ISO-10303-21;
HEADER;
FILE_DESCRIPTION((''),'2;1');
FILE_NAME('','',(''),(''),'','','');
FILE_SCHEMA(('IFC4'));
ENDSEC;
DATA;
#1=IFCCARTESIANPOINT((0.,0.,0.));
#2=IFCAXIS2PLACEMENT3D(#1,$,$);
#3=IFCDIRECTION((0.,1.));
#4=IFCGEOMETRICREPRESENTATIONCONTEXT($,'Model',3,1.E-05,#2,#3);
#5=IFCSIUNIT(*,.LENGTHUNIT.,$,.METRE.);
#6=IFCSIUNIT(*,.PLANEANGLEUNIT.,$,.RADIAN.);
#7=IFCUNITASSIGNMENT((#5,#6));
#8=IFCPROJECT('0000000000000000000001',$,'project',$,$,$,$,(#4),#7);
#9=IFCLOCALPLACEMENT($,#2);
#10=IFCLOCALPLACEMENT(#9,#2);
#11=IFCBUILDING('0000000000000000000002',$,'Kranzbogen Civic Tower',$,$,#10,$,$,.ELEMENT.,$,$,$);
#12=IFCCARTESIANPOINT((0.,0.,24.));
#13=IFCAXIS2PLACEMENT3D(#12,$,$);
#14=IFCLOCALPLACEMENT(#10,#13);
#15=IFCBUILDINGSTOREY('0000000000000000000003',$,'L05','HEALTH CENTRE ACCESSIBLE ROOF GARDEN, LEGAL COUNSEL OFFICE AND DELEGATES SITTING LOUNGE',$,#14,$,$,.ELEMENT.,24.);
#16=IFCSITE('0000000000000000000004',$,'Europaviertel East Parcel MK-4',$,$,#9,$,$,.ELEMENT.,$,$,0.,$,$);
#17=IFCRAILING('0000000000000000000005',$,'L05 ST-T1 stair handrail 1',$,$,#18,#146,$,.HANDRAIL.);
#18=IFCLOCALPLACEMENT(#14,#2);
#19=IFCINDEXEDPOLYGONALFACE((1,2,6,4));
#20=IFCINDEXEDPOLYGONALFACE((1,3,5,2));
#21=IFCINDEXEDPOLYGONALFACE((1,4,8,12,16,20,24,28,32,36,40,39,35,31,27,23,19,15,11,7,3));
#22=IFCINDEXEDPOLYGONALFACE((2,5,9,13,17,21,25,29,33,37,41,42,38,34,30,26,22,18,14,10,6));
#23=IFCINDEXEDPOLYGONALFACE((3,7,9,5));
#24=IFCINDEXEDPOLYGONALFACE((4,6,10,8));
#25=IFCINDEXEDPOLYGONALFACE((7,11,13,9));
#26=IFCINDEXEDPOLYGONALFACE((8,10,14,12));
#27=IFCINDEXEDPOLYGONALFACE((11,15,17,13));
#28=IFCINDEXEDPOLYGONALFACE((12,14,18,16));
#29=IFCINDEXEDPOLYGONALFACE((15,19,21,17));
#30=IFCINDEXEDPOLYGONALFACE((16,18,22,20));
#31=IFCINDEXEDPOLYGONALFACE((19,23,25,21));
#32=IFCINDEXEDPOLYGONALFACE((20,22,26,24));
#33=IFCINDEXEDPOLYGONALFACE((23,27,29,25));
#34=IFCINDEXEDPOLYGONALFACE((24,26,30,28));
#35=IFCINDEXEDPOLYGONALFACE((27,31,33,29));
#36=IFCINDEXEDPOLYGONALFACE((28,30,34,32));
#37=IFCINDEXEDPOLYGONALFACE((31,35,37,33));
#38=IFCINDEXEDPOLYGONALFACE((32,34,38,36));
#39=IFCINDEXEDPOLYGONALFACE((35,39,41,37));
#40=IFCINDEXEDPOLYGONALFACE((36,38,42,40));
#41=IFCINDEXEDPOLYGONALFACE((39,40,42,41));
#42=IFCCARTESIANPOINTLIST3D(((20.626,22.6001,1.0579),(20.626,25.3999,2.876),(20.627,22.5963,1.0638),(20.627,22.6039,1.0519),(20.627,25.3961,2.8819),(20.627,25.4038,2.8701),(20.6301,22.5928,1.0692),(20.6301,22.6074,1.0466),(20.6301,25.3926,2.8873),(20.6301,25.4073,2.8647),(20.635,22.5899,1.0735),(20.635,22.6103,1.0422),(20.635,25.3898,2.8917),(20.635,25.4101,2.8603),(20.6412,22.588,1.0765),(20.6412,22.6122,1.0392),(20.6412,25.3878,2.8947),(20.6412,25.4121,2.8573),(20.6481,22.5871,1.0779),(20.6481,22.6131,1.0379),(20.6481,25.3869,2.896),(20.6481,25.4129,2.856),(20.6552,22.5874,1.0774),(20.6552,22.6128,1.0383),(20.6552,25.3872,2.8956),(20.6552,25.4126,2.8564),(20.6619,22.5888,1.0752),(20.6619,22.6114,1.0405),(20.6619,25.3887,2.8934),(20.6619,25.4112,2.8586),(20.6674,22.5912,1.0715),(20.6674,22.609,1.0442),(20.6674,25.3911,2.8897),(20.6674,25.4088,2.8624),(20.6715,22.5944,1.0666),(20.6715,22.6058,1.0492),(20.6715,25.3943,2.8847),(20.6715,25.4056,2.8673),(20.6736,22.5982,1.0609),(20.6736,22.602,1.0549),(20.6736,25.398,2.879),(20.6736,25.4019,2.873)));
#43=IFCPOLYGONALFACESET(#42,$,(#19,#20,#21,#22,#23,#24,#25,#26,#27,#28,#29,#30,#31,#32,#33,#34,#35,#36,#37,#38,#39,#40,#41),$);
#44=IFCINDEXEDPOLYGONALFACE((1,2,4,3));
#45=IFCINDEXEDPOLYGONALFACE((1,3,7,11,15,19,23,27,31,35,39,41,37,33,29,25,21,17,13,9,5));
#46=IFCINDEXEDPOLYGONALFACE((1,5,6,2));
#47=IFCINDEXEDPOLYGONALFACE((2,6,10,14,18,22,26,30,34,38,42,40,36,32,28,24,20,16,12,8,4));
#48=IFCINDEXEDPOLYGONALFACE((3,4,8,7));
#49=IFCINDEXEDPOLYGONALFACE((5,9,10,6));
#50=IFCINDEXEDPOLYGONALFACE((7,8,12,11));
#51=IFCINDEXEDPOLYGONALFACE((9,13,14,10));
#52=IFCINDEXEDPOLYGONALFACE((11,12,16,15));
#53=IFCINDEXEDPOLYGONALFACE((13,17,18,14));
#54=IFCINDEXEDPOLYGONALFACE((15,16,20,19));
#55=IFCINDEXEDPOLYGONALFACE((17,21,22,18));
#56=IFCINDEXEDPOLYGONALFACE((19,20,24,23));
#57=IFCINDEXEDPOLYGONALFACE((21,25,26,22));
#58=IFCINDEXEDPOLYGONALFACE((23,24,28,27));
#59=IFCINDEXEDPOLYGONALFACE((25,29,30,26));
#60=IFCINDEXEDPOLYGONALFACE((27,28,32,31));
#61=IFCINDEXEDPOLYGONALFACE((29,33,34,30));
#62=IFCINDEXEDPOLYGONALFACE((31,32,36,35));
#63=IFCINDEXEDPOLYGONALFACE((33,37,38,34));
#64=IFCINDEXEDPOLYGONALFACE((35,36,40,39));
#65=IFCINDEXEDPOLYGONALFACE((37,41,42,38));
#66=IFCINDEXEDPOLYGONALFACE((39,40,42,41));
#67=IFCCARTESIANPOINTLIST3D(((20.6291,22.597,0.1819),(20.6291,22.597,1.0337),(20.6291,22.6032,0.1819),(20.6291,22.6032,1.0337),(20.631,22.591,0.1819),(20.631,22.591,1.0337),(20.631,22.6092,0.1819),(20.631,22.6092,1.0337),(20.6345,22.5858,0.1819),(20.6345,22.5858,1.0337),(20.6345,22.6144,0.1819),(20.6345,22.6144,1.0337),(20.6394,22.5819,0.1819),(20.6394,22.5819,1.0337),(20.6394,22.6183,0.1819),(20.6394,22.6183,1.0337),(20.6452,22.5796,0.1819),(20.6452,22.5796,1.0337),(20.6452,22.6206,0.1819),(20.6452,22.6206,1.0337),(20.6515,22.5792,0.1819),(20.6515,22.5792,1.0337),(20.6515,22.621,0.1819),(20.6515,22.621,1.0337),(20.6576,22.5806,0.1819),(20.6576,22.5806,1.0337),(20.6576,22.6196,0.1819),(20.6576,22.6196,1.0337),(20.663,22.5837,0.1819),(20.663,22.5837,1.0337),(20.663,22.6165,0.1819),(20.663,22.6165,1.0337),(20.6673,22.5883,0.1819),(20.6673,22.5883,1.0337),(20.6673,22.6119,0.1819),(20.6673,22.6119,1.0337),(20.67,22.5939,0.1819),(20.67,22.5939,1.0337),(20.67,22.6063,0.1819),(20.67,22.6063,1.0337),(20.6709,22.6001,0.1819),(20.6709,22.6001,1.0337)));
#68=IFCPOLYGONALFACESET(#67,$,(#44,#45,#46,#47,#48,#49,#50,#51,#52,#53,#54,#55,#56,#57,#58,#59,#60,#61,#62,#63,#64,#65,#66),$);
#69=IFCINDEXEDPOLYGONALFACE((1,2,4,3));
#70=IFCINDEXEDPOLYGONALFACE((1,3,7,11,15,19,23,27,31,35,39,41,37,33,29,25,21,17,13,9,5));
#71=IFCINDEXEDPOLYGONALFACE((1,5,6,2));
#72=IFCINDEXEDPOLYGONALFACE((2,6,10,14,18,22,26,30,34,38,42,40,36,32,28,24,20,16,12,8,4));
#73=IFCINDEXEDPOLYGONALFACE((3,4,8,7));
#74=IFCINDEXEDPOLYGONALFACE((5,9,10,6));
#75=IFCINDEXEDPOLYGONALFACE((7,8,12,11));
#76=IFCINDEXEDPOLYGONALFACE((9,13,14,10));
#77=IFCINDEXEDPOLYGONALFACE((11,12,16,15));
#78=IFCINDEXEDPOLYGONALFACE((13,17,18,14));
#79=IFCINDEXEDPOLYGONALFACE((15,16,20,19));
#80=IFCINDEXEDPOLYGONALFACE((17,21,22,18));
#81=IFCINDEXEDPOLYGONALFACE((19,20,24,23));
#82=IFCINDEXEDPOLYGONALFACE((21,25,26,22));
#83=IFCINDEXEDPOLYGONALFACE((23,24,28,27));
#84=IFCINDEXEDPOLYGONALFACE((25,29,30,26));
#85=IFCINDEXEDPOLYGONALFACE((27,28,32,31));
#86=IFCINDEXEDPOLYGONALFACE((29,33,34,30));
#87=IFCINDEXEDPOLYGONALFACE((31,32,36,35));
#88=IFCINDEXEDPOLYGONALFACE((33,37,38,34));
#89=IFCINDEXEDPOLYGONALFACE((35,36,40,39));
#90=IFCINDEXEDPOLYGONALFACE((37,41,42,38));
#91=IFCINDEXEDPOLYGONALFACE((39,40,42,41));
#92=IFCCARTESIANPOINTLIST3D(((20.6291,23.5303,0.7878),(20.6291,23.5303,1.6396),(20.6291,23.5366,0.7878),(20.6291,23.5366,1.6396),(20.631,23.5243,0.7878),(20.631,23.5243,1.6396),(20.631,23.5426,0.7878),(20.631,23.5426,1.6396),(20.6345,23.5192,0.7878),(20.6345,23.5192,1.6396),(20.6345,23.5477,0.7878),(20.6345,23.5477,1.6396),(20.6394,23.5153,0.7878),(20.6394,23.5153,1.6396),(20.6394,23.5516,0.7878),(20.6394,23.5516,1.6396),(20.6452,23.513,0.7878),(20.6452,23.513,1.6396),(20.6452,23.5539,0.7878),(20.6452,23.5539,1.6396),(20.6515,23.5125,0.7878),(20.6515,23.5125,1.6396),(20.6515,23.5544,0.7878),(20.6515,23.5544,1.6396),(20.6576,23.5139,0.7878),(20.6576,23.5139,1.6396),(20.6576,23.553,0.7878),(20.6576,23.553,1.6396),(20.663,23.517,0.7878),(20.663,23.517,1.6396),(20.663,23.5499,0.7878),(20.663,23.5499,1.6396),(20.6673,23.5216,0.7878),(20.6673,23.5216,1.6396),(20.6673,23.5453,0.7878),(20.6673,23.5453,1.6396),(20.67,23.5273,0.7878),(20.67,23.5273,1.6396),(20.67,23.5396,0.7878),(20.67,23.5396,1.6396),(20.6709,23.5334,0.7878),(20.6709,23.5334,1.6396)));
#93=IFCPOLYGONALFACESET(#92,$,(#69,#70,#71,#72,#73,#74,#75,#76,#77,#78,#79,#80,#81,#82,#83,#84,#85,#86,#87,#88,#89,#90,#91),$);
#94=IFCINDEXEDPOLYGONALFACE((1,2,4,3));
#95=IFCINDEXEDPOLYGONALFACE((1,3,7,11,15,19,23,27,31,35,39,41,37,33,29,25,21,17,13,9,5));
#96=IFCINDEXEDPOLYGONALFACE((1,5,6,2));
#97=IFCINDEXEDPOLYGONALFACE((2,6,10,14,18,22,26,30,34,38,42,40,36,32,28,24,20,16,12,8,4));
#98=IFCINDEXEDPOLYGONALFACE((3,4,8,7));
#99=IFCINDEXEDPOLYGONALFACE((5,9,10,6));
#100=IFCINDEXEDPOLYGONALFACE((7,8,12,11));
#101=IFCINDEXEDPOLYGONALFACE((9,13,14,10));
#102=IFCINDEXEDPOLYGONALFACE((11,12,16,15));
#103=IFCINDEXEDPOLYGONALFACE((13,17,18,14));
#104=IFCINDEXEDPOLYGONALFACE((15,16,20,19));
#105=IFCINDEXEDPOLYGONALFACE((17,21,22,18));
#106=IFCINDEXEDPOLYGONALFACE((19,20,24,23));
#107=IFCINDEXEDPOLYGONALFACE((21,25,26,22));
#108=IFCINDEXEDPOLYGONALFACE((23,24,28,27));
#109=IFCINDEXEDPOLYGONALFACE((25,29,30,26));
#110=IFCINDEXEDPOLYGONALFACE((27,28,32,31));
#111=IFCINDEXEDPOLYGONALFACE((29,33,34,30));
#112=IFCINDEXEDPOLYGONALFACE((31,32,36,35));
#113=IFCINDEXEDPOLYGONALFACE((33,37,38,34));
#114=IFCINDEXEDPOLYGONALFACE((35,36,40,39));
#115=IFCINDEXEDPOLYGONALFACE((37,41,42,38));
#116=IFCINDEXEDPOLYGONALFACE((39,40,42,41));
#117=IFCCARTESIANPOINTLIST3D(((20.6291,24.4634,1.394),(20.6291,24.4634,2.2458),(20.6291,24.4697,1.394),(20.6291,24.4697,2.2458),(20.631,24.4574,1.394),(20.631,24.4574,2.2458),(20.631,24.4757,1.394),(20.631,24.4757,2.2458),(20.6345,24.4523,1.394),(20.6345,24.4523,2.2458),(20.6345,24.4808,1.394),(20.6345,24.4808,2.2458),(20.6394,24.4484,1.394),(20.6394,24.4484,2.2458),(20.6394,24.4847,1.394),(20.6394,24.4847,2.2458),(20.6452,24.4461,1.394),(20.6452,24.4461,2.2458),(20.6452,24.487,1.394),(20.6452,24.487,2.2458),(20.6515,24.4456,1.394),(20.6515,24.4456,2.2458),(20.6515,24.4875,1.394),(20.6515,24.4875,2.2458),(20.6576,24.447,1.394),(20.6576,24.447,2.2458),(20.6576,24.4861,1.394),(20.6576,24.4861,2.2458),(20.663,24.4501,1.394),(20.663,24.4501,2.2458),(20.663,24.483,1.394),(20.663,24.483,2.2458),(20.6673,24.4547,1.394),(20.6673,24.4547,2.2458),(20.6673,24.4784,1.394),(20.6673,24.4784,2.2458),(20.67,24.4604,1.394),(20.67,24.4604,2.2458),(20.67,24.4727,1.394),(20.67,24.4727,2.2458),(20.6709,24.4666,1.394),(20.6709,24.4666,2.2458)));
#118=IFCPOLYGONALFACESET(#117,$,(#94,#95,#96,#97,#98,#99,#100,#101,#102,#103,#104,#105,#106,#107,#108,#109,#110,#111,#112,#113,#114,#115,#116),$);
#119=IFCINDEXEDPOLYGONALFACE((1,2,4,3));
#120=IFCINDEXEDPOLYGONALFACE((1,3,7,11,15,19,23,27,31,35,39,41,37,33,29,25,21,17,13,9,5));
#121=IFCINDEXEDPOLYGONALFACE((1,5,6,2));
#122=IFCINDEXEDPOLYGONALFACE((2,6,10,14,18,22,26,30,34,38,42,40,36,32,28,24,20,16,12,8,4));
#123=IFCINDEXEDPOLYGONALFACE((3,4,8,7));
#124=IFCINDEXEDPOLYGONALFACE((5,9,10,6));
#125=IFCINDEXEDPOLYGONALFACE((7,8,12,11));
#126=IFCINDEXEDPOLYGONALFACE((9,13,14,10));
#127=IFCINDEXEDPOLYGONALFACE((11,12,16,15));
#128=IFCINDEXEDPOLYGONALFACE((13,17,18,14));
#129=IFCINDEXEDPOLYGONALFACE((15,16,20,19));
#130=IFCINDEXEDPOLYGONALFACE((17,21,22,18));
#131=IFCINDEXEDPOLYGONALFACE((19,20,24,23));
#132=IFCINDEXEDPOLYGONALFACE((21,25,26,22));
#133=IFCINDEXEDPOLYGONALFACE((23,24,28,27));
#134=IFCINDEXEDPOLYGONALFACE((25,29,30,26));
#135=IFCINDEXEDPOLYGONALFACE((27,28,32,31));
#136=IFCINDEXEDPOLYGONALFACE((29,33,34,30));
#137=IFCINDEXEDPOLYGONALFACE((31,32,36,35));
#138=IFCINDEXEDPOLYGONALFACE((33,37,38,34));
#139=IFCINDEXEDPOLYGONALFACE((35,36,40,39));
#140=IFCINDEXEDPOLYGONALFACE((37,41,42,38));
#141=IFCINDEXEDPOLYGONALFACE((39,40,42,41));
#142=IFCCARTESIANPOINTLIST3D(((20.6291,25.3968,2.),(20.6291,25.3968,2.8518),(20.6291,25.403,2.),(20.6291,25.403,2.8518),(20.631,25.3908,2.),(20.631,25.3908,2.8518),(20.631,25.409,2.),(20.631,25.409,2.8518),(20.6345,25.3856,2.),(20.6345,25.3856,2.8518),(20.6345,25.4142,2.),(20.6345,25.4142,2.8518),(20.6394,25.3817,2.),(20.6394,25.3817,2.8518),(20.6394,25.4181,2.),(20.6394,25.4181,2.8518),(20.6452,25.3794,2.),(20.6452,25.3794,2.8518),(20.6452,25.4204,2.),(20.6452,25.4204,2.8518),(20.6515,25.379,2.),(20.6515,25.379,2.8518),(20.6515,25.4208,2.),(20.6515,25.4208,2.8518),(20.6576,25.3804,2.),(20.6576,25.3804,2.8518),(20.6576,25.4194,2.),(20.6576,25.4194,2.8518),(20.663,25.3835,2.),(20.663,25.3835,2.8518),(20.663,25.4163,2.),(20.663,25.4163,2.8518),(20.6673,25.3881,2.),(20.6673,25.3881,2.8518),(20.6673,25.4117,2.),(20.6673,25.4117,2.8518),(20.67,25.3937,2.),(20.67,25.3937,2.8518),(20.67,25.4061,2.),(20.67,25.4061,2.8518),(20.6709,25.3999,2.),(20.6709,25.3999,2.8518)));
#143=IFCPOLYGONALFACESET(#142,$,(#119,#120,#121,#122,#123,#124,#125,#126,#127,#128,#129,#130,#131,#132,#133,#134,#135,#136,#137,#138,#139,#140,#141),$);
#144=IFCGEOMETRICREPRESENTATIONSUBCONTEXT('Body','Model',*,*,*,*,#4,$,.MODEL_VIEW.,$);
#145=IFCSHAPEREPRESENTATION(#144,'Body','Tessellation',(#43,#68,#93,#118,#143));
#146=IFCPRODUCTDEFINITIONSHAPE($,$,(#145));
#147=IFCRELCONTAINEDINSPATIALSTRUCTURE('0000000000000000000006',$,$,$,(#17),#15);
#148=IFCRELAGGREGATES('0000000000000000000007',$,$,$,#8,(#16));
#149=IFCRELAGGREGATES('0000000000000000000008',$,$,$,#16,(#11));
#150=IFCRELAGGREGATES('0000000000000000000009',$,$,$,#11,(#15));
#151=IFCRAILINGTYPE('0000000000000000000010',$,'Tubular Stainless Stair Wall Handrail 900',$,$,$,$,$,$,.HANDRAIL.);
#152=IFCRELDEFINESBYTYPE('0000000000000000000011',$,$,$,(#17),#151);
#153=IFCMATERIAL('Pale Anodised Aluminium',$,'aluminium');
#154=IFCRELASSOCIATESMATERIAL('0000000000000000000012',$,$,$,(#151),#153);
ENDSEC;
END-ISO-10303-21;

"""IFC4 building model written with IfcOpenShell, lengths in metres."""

from ifc_helpers import new_model, si_unit, direction, frame, origin, origin_2d, place, context, subcontext, project, spatial, circle, extrude, material, type_object, element, save


model = new_model("IFC4")

# Units and contexts
model_context = context("Model", 3, precision=1e-05, world=origin(), true_north=direction((0.0, 1.0)))
body_context = subcontext(model_context, "Body", "Model", "MODEL_VIEW")
ifc_project = project(units=[si_unit("LENGTHUNIT", "METRE"), si_unit("PLANEANGLEUNIT", "RADIAN")], contexts=[model_context])

# Site, building, storey
site_placement = place(None, origin())
site = spatial("IfcSite", under=ifc_project, at=site_placement, Name="Europaviertel East Parcel MK-4", CompositionType="ELEMENT", RefElevation=0.0)
building_placement = place(site_placement, origin())
building = spatial("IfcBuilding", under=site, at=building_placement, Name="Kranzbogen Civic Tower", CompositionType="ELEMENT")
storey_placement = place(building_placement, frame((0.0, 0.0, 24.0)))
storey = spatial("IfcBuildingStorey", under=building, at=storey_placement, Name="L05", Description="HEALTH CENTRE ACCESSIBLE ROOF GARDEN, LEGAL COUNSEL OFFICE AND DELEGATES SITTING LOUNGE", CompositionType="ELEMENT", Elevation=24.0)

# Shared definitions
ifc_material_1 = material(Name="Pale Anodised Aluminium", Category="aluminium")

# Railing
railing_type_1 = type_object("IfcRailingType", Name="Tubular Stainless Stair Wall Handrail 900", PredefinedType="HANDRAIL", material=ifc_material_1)
railing_1_placement = place(storey_placement, frame((20.6499, 22.6001, 0.1819)))
element("IfcRailing", 1, at=railing_1_placement, inside=storey, type_object=railing_type_1, Name="L05 ST-T1 stair handrail 1", PredefinedType="HANDRAIL", context=body_context, shape_type="SweptSolid", body=[
    extrude(circle(Radius=0.0239, at=origin_2d()), frame((0.0, 0.0, 0.876), z_axis=(0.0, 0.838684, 0.544618), x_axis=(-1.0, 0.0, 0.0)), (0.0, 0.0, 1.0), 3.3384),
    extrude(circle(Radius=0.021, at=origin_2d()), origin(), (0.0, 0.0, 1.0), 0.8518),
    extrude(circle(Radius=0.021, at=origin_2d()), frame((0.0, 0.9333, 0.606)), (0.0, 0.0, 1.0), 0.8518),
    extrude(circle(Radius=0.021, at=origin_2d()), frame((0.0, 1.8665, 1.2122)), (0.0, 0.0, 1.0), 0.8518),
    extrude(circle(Radius=0.021, at=origin_2d()), frame((0.0, 2.7998, 1.8181)), (0.0, 0.0, 1.0), 0.8518),
])

save(model, "model.ifc")
